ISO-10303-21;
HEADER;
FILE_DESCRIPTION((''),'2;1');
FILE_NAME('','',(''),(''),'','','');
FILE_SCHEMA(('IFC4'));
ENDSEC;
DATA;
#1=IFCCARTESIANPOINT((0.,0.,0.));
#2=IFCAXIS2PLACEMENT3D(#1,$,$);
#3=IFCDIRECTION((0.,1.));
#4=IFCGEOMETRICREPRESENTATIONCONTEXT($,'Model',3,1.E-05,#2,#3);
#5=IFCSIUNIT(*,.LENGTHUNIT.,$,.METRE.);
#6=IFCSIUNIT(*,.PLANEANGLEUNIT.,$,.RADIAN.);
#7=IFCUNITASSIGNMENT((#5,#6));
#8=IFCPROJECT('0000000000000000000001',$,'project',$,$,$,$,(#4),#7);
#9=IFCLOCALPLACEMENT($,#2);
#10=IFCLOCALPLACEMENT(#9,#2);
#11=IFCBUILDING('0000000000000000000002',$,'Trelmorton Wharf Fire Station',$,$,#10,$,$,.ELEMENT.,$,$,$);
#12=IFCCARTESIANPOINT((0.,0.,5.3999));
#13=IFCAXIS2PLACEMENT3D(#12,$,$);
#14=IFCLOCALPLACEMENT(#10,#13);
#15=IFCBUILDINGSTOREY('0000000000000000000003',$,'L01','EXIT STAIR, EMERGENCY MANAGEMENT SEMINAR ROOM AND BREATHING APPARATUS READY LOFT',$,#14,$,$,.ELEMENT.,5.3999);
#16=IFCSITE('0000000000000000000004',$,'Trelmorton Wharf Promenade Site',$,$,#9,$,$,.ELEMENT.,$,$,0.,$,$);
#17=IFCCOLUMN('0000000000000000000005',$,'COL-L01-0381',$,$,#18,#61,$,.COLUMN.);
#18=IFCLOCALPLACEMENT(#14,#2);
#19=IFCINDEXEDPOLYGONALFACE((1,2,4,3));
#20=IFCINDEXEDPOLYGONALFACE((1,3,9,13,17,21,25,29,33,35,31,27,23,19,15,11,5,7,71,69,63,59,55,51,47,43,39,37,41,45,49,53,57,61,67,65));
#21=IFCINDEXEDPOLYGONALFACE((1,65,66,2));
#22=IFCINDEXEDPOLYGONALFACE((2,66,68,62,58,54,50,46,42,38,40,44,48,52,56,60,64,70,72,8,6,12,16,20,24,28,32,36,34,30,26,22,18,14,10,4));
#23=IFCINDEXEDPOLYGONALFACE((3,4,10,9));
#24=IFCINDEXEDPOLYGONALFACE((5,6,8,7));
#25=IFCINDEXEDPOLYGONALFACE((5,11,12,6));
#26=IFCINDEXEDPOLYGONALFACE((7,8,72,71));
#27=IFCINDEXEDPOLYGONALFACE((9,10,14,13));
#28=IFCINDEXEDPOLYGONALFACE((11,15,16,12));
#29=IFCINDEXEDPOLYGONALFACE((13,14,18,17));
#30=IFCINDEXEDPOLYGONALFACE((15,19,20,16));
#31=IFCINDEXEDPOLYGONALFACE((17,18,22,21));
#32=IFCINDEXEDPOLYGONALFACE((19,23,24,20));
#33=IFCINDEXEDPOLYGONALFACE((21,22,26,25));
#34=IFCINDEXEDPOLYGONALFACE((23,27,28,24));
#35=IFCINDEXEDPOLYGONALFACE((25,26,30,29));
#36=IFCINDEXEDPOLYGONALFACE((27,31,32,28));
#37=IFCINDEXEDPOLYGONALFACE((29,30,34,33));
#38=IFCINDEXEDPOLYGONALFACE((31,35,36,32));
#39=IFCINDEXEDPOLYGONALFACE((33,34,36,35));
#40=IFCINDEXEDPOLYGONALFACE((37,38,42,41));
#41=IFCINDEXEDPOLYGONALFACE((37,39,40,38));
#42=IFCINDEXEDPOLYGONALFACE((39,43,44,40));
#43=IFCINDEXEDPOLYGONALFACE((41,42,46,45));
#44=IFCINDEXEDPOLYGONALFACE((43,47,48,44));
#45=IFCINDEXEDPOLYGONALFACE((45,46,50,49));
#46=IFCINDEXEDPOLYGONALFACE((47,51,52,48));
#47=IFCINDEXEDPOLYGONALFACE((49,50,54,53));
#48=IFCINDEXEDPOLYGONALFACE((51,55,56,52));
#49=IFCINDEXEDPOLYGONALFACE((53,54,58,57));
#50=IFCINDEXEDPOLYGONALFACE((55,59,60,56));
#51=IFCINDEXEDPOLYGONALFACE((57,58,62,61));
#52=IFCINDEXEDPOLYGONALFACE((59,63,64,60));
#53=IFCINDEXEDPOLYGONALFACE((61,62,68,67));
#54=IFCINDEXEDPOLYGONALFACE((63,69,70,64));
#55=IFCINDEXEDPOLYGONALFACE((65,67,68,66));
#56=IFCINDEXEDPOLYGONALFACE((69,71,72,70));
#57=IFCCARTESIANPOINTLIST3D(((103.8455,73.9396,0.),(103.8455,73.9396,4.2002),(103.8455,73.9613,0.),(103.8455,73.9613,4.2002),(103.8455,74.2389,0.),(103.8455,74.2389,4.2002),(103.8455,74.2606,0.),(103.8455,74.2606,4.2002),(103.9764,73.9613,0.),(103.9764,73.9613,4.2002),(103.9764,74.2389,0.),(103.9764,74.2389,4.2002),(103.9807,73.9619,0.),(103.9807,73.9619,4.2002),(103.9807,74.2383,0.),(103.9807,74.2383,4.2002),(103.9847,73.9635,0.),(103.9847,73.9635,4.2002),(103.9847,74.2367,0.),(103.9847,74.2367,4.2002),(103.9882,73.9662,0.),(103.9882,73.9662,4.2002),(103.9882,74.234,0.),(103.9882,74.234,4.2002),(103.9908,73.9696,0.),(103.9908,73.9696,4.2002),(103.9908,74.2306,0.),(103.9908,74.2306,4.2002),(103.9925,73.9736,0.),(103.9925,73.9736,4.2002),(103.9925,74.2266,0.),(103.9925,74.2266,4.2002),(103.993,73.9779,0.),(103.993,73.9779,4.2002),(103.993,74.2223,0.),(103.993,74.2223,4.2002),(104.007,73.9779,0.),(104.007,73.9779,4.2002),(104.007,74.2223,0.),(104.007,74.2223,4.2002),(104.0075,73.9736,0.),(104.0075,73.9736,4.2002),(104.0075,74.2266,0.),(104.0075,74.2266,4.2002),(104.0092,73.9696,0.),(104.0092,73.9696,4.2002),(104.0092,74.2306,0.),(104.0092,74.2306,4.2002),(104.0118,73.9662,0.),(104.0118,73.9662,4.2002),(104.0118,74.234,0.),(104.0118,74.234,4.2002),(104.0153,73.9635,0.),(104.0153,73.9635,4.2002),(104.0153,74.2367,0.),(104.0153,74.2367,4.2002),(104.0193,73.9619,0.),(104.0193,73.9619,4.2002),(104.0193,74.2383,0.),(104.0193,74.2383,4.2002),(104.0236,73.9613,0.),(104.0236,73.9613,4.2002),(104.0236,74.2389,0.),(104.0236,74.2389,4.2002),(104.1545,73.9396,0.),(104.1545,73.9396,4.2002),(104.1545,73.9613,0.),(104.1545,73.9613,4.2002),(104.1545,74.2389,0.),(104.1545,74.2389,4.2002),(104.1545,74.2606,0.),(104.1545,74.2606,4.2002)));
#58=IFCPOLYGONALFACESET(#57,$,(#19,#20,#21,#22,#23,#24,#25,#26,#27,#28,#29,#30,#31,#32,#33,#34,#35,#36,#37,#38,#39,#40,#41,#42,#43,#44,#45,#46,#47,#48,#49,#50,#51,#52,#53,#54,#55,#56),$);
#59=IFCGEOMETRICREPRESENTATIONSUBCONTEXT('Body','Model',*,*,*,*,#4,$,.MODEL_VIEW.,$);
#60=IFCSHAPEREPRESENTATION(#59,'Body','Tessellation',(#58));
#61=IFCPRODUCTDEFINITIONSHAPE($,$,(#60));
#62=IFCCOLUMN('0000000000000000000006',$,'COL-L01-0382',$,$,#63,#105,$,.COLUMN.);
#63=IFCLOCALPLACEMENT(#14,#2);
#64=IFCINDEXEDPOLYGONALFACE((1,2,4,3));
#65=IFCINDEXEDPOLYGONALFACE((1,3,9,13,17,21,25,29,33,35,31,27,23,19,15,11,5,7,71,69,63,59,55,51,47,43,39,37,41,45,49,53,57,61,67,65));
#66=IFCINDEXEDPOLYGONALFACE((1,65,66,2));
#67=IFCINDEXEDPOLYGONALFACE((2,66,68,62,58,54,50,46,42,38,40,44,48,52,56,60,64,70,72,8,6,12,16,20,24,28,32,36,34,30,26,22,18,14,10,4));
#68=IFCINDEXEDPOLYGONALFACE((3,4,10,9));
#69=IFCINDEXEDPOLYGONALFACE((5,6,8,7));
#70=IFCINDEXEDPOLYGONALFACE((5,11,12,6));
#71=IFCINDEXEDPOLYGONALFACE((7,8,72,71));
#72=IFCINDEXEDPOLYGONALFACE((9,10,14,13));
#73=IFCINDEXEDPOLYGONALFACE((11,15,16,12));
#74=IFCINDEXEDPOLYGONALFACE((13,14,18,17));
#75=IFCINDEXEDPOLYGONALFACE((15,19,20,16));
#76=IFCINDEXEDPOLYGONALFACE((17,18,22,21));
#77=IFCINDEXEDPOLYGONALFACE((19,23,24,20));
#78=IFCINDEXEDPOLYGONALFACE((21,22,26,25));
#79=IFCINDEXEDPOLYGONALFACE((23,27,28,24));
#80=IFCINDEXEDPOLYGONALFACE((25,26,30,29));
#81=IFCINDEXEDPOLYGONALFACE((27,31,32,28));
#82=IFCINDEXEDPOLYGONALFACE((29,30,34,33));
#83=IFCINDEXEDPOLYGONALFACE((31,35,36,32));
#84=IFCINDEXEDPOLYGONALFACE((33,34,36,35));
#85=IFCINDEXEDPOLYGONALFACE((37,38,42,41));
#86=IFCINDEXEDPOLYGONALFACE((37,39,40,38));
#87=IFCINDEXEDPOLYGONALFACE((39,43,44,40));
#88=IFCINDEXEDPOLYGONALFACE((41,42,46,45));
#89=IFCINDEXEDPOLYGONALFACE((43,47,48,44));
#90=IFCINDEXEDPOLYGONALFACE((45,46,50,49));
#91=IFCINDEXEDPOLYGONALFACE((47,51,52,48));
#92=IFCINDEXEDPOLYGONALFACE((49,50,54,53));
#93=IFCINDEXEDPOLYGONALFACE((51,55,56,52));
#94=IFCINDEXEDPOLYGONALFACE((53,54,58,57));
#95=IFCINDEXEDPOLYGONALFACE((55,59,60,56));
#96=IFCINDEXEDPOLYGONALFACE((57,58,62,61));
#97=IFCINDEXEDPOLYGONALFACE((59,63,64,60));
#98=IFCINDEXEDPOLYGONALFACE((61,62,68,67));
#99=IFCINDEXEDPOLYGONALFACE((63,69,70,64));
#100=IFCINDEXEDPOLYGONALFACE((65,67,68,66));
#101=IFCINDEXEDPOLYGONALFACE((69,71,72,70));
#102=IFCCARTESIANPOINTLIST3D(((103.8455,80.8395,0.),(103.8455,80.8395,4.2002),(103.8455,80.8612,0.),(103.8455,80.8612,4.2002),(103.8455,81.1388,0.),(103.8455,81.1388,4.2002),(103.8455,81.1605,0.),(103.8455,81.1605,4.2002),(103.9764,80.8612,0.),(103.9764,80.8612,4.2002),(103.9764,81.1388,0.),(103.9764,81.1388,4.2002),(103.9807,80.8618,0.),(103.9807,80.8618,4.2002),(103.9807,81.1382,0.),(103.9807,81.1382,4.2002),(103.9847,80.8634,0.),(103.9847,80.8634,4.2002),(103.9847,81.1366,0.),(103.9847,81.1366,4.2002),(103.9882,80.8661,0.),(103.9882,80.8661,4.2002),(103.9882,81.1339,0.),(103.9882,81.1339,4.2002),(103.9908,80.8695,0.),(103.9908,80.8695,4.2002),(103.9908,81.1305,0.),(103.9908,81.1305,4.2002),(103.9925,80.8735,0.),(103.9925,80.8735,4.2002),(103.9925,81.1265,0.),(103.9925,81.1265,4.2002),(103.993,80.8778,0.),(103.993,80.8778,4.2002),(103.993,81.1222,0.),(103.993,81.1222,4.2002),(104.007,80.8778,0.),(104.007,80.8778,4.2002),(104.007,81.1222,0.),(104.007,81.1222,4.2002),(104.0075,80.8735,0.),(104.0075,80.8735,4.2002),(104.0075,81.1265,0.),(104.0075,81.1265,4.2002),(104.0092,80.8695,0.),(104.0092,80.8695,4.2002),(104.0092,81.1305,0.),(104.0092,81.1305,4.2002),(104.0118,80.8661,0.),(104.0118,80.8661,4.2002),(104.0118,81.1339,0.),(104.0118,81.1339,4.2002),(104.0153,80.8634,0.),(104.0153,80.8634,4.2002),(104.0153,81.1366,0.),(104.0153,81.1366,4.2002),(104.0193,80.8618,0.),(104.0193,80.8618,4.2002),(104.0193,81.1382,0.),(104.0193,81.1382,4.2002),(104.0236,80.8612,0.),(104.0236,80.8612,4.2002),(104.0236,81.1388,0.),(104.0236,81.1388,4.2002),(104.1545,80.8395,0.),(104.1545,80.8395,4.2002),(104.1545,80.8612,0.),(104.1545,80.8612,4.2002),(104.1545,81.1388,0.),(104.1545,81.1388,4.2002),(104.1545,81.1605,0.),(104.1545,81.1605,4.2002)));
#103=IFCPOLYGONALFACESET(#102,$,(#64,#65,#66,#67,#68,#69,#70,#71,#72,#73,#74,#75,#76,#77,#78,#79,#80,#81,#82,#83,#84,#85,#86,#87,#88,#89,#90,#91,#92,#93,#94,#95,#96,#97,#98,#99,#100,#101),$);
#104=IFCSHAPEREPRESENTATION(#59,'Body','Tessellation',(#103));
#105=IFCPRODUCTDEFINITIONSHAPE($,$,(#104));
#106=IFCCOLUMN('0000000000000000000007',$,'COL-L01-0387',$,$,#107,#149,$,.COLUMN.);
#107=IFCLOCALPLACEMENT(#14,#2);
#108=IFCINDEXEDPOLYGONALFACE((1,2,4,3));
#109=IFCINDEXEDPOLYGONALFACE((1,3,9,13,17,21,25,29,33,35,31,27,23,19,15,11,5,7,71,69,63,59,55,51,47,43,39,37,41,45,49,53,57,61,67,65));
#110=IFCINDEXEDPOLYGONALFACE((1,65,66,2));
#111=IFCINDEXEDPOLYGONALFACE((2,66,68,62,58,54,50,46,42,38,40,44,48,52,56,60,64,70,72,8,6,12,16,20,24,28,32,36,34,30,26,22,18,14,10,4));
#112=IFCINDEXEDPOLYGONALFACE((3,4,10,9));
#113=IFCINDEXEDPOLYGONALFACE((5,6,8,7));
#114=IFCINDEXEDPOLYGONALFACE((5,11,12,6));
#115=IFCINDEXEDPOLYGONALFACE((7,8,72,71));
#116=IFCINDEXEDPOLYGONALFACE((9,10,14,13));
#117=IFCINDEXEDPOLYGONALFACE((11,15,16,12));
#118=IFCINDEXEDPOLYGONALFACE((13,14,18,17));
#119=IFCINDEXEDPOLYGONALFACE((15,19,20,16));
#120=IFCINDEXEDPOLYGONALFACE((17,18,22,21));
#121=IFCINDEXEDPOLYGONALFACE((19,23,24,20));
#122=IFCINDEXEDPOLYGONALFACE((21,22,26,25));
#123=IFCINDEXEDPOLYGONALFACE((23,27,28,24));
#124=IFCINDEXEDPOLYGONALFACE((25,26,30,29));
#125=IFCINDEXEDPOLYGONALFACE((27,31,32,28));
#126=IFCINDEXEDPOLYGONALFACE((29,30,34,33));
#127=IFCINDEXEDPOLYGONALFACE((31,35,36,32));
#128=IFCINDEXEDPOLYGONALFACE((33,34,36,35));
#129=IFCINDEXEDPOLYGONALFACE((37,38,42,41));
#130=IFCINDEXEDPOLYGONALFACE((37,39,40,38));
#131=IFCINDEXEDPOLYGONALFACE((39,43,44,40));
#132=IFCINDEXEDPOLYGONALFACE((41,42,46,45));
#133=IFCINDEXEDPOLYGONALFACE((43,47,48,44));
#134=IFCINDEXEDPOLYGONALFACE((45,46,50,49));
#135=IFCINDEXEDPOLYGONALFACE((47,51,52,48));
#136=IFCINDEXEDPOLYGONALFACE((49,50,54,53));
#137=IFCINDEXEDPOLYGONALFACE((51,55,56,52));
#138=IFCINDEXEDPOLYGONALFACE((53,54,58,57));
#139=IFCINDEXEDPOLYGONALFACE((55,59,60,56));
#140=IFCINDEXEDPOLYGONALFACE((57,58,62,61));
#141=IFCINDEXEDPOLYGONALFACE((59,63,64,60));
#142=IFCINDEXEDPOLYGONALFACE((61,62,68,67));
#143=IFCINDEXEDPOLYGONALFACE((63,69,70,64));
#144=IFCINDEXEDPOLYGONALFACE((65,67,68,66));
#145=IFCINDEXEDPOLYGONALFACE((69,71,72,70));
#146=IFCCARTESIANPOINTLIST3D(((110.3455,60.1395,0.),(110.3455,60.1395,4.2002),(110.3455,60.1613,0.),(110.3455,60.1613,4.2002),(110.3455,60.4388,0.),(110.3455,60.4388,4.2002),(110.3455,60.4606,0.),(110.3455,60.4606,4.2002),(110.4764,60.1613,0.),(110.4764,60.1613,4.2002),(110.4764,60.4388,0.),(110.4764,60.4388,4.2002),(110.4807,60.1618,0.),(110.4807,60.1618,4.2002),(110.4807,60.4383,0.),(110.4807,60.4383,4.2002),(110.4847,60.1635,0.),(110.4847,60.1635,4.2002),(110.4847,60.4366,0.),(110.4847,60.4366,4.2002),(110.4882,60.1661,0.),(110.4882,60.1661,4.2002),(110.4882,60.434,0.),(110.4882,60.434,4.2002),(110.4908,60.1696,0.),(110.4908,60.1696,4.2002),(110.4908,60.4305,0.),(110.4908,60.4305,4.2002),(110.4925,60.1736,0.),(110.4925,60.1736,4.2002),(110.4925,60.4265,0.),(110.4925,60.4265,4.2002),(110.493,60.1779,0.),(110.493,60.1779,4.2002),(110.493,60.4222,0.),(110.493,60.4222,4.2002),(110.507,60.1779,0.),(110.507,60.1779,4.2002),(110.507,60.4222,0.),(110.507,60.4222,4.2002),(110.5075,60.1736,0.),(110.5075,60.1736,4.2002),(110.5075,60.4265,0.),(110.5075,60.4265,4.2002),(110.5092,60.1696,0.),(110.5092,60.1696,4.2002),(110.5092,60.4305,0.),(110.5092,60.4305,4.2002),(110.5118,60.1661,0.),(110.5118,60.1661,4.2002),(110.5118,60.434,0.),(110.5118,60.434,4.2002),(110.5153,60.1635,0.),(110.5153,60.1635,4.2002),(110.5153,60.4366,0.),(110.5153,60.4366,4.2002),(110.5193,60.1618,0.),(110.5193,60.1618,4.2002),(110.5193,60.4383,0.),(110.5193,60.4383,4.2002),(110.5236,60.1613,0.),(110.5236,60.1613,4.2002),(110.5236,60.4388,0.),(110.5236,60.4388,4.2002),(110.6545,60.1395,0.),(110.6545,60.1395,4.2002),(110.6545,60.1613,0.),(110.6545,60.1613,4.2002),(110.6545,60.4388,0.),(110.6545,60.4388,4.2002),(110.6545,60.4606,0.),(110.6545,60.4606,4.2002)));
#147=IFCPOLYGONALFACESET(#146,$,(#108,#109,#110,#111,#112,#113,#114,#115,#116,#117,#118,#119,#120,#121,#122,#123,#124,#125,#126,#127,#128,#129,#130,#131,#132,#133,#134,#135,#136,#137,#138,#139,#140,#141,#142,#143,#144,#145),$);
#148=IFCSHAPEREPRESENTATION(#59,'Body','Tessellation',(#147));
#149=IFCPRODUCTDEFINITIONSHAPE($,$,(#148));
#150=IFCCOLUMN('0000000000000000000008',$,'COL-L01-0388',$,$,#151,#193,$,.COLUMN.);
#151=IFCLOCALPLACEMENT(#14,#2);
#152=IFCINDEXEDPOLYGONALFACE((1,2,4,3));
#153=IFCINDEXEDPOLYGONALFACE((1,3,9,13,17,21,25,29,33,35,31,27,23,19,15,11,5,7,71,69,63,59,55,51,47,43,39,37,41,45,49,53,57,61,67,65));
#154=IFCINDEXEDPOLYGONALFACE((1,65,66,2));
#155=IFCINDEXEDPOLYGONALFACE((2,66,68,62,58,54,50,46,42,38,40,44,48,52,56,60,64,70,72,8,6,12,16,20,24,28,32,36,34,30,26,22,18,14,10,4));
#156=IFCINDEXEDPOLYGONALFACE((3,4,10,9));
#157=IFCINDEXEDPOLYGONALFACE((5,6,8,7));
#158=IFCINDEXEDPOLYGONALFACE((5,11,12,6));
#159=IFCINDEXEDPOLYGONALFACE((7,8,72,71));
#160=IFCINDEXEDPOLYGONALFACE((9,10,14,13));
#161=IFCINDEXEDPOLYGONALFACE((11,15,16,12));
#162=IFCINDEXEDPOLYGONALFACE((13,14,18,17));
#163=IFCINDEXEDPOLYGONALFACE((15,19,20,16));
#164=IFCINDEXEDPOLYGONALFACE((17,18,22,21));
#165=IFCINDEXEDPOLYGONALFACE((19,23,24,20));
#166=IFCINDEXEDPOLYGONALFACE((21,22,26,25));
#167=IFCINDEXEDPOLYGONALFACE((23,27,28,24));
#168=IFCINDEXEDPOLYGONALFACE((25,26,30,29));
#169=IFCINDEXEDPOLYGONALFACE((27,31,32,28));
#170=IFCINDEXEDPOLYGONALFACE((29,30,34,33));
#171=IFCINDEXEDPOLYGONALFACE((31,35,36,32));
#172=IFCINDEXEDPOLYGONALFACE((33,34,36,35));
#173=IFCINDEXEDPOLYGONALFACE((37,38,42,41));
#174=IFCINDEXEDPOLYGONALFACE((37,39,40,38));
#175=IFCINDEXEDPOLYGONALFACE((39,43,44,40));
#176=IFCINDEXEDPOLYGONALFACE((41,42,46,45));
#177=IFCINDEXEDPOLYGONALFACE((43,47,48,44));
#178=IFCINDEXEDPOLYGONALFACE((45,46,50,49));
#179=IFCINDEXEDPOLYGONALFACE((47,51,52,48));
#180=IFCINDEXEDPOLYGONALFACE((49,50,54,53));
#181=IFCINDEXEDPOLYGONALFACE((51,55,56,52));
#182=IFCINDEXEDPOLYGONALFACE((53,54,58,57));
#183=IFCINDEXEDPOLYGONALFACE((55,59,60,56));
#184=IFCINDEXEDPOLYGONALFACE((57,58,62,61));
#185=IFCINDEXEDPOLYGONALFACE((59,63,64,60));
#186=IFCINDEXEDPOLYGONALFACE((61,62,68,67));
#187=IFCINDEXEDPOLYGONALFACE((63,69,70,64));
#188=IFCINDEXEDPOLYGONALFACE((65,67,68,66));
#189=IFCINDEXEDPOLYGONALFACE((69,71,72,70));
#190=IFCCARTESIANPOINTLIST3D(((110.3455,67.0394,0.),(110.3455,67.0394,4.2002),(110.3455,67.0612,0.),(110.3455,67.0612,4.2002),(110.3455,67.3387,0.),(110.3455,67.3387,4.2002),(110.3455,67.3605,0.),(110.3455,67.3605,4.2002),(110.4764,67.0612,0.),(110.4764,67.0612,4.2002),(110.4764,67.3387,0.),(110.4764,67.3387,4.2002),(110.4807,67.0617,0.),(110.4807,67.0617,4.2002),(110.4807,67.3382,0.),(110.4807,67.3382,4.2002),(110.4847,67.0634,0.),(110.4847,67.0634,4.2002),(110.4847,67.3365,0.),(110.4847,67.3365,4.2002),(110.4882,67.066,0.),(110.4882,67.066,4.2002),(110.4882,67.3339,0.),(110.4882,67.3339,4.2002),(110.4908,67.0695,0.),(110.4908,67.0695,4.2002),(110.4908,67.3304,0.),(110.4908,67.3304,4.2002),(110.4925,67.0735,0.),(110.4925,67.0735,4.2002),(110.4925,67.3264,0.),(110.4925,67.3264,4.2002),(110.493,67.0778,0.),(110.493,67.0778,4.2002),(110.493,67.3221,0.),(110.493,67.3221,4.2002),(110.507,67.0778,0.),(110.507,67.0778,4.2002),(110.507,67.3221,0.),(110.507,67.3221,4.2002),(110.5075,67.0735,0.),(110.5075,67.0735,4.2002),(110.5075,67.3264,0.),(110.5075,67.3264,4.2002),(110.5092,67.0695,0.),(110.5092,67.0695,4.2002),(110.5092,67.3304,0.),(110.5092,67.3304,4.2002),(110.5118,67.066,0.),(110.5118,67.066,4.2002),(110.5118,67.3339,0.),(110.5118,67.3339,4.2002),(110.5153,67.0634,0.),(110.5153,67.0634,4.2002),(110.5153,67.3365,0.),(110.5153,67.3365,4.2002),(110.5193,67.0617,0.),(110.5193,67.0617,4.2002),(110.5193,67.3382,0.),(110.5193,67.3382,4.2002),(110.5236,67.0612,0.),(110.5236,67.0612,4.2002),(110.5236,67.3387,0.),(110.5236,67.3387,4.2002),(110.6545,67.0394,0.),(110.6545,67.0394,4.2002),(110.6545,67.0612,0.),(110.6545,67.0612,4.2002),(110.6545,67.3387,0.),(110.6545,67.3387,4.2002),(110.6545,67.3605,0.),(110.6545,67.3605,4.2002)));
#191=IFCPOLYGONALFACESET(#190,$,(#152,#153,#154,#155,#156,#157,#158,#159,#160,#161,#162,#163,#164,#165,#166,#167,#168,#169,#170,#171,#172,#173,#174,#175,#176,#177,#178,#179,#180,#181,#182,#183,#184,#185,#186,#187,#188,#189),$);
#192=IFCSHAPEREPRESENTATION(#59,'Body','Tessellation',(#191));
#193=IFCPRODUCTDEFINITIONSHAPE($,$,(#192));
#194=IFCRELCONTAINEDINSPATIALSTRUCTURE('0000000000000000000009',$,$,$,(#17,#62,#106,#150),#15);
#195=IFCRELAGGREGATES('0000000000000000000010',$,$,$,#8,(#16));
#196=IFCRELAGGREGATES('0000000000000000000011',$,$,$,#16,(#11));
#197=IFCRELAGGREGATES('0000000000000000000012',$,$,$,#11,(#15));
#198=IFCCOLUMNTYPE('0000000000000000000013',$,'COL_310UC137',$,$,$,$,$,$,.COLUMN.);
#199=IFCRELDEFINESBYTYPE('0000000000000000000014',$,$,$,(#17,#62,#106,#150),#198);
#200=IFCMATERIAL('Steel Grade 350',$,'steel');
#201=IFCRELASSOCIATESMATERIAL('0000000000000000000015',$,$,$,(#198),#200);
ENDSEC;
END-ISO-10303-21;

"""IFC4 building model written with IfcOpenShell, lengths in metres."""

from ifc_helpers import new_model, si_unit, direction, frame, origin, origin_2d, place, context, subcontext, project, spatial, i_section, extrude, material, material_profile, profile_set, type_object, element, save


model = new_model("IFC4")

# Units and contexts
model_context = context("Model", 3, precision=1e-05, world=origin(), true_north=direction((0.0, 1.0)))
body_context = subcontext(model_context, "Body", "Model", "MODEL_VIEW")
ifc_project = project(units=[si_unit("LENGTHUNIT", "METRE"), si_unit("PLANEANGLEUNIT", "RADIAN")], contexts=[model_context])

# Site, building, storey
site_placement = place(None, origin())
site = spatial("IfcSite", under=ifc_project, at=site_placement, Name="Trelmorton Wharf Promenade Site", CompositionType="ELEMENT", RefElevation=0.0)
building_placement = place(site_placement, origin())
building = spatial("IfcBuilding", under=site, at=building_placement, Name="Trelmorton Wharf Fire Station", CompositionType="ELEMENT")
storey_placement = place(building_placement, frame((0.0, 0.0, 5.3999)))
storey = spatial("IfcBuildingStorey", under=building, at=storey_placement, Name="L01", Description="EXIT STAIR, EMERGENCY MANAGEMENT SEMINAR ROOM AND BREATHING APPARATUS READY LOFT", CompositionType="ELEMENT", Elevation=5.3999)

# Columns
ifc_material_1 = material(Name="Steel Grade 350", Category="steel")
ifc_material_profile_1 = material_profile(ifc_material_1, i_section(OverallWidth=0.3091, OverallDepth=0.321, WebThickness=0.0139, FlangeThickness=0.0217, FilletRadius=0.0166, at=origin_2d()), Name="310UC137")
ifc_profile_set_1 = profile_set([ifc_material_profile_1], Name="Steel Grade 350")
column_type = type_object("IfcColumnType", Name="COL_310UC137", PredefinedType="COLUMN", material=ifc_profile_set_1)
for number, where, z_axis, x_axis, name in (
    (1, (104.0, 74.1001, 0.0), (0.0, 0.0, 1.0), (1.0, 0.0, 0.0), "COL-L01-0381"),
    (2, (104.0, 81.0, 0.0), (0.0, 0.0, 1.0), (1.0, 0.0, 0.0), "COL-L01-0382"),
    (3, (110.5, 60.3, 0.0), (0.0, 0.0, 1.0), (1.0, 0.0, 0.0), "COL-L01-0387"),
    (4, (110.5, 67.2, 0.0), (0.0, 0.0, 1.0), (1.0, 0.0, 0.0), "COL-L01-0388"),
):
    element("IfcColumn", number, at=place(storey_placement, frame(where, z_axis=z_axis, x_axis=x_axis)), inside=storey, type_object=column_type, Name=name, PredefinedType="COLUMN", context=body_context, shape_type="SweptSolid", body=[
        extrude(i_section(OverallWidth=0.3091, OverallDepth=0.321, WebThickness=0.0139, FlangeThickness=0.0217, FilletRadius=0.0166, at=origin_2d()), origin(), (0.0, 0.0, 1.0), 4.2002),
    ])

save(model, "model.ifc")
